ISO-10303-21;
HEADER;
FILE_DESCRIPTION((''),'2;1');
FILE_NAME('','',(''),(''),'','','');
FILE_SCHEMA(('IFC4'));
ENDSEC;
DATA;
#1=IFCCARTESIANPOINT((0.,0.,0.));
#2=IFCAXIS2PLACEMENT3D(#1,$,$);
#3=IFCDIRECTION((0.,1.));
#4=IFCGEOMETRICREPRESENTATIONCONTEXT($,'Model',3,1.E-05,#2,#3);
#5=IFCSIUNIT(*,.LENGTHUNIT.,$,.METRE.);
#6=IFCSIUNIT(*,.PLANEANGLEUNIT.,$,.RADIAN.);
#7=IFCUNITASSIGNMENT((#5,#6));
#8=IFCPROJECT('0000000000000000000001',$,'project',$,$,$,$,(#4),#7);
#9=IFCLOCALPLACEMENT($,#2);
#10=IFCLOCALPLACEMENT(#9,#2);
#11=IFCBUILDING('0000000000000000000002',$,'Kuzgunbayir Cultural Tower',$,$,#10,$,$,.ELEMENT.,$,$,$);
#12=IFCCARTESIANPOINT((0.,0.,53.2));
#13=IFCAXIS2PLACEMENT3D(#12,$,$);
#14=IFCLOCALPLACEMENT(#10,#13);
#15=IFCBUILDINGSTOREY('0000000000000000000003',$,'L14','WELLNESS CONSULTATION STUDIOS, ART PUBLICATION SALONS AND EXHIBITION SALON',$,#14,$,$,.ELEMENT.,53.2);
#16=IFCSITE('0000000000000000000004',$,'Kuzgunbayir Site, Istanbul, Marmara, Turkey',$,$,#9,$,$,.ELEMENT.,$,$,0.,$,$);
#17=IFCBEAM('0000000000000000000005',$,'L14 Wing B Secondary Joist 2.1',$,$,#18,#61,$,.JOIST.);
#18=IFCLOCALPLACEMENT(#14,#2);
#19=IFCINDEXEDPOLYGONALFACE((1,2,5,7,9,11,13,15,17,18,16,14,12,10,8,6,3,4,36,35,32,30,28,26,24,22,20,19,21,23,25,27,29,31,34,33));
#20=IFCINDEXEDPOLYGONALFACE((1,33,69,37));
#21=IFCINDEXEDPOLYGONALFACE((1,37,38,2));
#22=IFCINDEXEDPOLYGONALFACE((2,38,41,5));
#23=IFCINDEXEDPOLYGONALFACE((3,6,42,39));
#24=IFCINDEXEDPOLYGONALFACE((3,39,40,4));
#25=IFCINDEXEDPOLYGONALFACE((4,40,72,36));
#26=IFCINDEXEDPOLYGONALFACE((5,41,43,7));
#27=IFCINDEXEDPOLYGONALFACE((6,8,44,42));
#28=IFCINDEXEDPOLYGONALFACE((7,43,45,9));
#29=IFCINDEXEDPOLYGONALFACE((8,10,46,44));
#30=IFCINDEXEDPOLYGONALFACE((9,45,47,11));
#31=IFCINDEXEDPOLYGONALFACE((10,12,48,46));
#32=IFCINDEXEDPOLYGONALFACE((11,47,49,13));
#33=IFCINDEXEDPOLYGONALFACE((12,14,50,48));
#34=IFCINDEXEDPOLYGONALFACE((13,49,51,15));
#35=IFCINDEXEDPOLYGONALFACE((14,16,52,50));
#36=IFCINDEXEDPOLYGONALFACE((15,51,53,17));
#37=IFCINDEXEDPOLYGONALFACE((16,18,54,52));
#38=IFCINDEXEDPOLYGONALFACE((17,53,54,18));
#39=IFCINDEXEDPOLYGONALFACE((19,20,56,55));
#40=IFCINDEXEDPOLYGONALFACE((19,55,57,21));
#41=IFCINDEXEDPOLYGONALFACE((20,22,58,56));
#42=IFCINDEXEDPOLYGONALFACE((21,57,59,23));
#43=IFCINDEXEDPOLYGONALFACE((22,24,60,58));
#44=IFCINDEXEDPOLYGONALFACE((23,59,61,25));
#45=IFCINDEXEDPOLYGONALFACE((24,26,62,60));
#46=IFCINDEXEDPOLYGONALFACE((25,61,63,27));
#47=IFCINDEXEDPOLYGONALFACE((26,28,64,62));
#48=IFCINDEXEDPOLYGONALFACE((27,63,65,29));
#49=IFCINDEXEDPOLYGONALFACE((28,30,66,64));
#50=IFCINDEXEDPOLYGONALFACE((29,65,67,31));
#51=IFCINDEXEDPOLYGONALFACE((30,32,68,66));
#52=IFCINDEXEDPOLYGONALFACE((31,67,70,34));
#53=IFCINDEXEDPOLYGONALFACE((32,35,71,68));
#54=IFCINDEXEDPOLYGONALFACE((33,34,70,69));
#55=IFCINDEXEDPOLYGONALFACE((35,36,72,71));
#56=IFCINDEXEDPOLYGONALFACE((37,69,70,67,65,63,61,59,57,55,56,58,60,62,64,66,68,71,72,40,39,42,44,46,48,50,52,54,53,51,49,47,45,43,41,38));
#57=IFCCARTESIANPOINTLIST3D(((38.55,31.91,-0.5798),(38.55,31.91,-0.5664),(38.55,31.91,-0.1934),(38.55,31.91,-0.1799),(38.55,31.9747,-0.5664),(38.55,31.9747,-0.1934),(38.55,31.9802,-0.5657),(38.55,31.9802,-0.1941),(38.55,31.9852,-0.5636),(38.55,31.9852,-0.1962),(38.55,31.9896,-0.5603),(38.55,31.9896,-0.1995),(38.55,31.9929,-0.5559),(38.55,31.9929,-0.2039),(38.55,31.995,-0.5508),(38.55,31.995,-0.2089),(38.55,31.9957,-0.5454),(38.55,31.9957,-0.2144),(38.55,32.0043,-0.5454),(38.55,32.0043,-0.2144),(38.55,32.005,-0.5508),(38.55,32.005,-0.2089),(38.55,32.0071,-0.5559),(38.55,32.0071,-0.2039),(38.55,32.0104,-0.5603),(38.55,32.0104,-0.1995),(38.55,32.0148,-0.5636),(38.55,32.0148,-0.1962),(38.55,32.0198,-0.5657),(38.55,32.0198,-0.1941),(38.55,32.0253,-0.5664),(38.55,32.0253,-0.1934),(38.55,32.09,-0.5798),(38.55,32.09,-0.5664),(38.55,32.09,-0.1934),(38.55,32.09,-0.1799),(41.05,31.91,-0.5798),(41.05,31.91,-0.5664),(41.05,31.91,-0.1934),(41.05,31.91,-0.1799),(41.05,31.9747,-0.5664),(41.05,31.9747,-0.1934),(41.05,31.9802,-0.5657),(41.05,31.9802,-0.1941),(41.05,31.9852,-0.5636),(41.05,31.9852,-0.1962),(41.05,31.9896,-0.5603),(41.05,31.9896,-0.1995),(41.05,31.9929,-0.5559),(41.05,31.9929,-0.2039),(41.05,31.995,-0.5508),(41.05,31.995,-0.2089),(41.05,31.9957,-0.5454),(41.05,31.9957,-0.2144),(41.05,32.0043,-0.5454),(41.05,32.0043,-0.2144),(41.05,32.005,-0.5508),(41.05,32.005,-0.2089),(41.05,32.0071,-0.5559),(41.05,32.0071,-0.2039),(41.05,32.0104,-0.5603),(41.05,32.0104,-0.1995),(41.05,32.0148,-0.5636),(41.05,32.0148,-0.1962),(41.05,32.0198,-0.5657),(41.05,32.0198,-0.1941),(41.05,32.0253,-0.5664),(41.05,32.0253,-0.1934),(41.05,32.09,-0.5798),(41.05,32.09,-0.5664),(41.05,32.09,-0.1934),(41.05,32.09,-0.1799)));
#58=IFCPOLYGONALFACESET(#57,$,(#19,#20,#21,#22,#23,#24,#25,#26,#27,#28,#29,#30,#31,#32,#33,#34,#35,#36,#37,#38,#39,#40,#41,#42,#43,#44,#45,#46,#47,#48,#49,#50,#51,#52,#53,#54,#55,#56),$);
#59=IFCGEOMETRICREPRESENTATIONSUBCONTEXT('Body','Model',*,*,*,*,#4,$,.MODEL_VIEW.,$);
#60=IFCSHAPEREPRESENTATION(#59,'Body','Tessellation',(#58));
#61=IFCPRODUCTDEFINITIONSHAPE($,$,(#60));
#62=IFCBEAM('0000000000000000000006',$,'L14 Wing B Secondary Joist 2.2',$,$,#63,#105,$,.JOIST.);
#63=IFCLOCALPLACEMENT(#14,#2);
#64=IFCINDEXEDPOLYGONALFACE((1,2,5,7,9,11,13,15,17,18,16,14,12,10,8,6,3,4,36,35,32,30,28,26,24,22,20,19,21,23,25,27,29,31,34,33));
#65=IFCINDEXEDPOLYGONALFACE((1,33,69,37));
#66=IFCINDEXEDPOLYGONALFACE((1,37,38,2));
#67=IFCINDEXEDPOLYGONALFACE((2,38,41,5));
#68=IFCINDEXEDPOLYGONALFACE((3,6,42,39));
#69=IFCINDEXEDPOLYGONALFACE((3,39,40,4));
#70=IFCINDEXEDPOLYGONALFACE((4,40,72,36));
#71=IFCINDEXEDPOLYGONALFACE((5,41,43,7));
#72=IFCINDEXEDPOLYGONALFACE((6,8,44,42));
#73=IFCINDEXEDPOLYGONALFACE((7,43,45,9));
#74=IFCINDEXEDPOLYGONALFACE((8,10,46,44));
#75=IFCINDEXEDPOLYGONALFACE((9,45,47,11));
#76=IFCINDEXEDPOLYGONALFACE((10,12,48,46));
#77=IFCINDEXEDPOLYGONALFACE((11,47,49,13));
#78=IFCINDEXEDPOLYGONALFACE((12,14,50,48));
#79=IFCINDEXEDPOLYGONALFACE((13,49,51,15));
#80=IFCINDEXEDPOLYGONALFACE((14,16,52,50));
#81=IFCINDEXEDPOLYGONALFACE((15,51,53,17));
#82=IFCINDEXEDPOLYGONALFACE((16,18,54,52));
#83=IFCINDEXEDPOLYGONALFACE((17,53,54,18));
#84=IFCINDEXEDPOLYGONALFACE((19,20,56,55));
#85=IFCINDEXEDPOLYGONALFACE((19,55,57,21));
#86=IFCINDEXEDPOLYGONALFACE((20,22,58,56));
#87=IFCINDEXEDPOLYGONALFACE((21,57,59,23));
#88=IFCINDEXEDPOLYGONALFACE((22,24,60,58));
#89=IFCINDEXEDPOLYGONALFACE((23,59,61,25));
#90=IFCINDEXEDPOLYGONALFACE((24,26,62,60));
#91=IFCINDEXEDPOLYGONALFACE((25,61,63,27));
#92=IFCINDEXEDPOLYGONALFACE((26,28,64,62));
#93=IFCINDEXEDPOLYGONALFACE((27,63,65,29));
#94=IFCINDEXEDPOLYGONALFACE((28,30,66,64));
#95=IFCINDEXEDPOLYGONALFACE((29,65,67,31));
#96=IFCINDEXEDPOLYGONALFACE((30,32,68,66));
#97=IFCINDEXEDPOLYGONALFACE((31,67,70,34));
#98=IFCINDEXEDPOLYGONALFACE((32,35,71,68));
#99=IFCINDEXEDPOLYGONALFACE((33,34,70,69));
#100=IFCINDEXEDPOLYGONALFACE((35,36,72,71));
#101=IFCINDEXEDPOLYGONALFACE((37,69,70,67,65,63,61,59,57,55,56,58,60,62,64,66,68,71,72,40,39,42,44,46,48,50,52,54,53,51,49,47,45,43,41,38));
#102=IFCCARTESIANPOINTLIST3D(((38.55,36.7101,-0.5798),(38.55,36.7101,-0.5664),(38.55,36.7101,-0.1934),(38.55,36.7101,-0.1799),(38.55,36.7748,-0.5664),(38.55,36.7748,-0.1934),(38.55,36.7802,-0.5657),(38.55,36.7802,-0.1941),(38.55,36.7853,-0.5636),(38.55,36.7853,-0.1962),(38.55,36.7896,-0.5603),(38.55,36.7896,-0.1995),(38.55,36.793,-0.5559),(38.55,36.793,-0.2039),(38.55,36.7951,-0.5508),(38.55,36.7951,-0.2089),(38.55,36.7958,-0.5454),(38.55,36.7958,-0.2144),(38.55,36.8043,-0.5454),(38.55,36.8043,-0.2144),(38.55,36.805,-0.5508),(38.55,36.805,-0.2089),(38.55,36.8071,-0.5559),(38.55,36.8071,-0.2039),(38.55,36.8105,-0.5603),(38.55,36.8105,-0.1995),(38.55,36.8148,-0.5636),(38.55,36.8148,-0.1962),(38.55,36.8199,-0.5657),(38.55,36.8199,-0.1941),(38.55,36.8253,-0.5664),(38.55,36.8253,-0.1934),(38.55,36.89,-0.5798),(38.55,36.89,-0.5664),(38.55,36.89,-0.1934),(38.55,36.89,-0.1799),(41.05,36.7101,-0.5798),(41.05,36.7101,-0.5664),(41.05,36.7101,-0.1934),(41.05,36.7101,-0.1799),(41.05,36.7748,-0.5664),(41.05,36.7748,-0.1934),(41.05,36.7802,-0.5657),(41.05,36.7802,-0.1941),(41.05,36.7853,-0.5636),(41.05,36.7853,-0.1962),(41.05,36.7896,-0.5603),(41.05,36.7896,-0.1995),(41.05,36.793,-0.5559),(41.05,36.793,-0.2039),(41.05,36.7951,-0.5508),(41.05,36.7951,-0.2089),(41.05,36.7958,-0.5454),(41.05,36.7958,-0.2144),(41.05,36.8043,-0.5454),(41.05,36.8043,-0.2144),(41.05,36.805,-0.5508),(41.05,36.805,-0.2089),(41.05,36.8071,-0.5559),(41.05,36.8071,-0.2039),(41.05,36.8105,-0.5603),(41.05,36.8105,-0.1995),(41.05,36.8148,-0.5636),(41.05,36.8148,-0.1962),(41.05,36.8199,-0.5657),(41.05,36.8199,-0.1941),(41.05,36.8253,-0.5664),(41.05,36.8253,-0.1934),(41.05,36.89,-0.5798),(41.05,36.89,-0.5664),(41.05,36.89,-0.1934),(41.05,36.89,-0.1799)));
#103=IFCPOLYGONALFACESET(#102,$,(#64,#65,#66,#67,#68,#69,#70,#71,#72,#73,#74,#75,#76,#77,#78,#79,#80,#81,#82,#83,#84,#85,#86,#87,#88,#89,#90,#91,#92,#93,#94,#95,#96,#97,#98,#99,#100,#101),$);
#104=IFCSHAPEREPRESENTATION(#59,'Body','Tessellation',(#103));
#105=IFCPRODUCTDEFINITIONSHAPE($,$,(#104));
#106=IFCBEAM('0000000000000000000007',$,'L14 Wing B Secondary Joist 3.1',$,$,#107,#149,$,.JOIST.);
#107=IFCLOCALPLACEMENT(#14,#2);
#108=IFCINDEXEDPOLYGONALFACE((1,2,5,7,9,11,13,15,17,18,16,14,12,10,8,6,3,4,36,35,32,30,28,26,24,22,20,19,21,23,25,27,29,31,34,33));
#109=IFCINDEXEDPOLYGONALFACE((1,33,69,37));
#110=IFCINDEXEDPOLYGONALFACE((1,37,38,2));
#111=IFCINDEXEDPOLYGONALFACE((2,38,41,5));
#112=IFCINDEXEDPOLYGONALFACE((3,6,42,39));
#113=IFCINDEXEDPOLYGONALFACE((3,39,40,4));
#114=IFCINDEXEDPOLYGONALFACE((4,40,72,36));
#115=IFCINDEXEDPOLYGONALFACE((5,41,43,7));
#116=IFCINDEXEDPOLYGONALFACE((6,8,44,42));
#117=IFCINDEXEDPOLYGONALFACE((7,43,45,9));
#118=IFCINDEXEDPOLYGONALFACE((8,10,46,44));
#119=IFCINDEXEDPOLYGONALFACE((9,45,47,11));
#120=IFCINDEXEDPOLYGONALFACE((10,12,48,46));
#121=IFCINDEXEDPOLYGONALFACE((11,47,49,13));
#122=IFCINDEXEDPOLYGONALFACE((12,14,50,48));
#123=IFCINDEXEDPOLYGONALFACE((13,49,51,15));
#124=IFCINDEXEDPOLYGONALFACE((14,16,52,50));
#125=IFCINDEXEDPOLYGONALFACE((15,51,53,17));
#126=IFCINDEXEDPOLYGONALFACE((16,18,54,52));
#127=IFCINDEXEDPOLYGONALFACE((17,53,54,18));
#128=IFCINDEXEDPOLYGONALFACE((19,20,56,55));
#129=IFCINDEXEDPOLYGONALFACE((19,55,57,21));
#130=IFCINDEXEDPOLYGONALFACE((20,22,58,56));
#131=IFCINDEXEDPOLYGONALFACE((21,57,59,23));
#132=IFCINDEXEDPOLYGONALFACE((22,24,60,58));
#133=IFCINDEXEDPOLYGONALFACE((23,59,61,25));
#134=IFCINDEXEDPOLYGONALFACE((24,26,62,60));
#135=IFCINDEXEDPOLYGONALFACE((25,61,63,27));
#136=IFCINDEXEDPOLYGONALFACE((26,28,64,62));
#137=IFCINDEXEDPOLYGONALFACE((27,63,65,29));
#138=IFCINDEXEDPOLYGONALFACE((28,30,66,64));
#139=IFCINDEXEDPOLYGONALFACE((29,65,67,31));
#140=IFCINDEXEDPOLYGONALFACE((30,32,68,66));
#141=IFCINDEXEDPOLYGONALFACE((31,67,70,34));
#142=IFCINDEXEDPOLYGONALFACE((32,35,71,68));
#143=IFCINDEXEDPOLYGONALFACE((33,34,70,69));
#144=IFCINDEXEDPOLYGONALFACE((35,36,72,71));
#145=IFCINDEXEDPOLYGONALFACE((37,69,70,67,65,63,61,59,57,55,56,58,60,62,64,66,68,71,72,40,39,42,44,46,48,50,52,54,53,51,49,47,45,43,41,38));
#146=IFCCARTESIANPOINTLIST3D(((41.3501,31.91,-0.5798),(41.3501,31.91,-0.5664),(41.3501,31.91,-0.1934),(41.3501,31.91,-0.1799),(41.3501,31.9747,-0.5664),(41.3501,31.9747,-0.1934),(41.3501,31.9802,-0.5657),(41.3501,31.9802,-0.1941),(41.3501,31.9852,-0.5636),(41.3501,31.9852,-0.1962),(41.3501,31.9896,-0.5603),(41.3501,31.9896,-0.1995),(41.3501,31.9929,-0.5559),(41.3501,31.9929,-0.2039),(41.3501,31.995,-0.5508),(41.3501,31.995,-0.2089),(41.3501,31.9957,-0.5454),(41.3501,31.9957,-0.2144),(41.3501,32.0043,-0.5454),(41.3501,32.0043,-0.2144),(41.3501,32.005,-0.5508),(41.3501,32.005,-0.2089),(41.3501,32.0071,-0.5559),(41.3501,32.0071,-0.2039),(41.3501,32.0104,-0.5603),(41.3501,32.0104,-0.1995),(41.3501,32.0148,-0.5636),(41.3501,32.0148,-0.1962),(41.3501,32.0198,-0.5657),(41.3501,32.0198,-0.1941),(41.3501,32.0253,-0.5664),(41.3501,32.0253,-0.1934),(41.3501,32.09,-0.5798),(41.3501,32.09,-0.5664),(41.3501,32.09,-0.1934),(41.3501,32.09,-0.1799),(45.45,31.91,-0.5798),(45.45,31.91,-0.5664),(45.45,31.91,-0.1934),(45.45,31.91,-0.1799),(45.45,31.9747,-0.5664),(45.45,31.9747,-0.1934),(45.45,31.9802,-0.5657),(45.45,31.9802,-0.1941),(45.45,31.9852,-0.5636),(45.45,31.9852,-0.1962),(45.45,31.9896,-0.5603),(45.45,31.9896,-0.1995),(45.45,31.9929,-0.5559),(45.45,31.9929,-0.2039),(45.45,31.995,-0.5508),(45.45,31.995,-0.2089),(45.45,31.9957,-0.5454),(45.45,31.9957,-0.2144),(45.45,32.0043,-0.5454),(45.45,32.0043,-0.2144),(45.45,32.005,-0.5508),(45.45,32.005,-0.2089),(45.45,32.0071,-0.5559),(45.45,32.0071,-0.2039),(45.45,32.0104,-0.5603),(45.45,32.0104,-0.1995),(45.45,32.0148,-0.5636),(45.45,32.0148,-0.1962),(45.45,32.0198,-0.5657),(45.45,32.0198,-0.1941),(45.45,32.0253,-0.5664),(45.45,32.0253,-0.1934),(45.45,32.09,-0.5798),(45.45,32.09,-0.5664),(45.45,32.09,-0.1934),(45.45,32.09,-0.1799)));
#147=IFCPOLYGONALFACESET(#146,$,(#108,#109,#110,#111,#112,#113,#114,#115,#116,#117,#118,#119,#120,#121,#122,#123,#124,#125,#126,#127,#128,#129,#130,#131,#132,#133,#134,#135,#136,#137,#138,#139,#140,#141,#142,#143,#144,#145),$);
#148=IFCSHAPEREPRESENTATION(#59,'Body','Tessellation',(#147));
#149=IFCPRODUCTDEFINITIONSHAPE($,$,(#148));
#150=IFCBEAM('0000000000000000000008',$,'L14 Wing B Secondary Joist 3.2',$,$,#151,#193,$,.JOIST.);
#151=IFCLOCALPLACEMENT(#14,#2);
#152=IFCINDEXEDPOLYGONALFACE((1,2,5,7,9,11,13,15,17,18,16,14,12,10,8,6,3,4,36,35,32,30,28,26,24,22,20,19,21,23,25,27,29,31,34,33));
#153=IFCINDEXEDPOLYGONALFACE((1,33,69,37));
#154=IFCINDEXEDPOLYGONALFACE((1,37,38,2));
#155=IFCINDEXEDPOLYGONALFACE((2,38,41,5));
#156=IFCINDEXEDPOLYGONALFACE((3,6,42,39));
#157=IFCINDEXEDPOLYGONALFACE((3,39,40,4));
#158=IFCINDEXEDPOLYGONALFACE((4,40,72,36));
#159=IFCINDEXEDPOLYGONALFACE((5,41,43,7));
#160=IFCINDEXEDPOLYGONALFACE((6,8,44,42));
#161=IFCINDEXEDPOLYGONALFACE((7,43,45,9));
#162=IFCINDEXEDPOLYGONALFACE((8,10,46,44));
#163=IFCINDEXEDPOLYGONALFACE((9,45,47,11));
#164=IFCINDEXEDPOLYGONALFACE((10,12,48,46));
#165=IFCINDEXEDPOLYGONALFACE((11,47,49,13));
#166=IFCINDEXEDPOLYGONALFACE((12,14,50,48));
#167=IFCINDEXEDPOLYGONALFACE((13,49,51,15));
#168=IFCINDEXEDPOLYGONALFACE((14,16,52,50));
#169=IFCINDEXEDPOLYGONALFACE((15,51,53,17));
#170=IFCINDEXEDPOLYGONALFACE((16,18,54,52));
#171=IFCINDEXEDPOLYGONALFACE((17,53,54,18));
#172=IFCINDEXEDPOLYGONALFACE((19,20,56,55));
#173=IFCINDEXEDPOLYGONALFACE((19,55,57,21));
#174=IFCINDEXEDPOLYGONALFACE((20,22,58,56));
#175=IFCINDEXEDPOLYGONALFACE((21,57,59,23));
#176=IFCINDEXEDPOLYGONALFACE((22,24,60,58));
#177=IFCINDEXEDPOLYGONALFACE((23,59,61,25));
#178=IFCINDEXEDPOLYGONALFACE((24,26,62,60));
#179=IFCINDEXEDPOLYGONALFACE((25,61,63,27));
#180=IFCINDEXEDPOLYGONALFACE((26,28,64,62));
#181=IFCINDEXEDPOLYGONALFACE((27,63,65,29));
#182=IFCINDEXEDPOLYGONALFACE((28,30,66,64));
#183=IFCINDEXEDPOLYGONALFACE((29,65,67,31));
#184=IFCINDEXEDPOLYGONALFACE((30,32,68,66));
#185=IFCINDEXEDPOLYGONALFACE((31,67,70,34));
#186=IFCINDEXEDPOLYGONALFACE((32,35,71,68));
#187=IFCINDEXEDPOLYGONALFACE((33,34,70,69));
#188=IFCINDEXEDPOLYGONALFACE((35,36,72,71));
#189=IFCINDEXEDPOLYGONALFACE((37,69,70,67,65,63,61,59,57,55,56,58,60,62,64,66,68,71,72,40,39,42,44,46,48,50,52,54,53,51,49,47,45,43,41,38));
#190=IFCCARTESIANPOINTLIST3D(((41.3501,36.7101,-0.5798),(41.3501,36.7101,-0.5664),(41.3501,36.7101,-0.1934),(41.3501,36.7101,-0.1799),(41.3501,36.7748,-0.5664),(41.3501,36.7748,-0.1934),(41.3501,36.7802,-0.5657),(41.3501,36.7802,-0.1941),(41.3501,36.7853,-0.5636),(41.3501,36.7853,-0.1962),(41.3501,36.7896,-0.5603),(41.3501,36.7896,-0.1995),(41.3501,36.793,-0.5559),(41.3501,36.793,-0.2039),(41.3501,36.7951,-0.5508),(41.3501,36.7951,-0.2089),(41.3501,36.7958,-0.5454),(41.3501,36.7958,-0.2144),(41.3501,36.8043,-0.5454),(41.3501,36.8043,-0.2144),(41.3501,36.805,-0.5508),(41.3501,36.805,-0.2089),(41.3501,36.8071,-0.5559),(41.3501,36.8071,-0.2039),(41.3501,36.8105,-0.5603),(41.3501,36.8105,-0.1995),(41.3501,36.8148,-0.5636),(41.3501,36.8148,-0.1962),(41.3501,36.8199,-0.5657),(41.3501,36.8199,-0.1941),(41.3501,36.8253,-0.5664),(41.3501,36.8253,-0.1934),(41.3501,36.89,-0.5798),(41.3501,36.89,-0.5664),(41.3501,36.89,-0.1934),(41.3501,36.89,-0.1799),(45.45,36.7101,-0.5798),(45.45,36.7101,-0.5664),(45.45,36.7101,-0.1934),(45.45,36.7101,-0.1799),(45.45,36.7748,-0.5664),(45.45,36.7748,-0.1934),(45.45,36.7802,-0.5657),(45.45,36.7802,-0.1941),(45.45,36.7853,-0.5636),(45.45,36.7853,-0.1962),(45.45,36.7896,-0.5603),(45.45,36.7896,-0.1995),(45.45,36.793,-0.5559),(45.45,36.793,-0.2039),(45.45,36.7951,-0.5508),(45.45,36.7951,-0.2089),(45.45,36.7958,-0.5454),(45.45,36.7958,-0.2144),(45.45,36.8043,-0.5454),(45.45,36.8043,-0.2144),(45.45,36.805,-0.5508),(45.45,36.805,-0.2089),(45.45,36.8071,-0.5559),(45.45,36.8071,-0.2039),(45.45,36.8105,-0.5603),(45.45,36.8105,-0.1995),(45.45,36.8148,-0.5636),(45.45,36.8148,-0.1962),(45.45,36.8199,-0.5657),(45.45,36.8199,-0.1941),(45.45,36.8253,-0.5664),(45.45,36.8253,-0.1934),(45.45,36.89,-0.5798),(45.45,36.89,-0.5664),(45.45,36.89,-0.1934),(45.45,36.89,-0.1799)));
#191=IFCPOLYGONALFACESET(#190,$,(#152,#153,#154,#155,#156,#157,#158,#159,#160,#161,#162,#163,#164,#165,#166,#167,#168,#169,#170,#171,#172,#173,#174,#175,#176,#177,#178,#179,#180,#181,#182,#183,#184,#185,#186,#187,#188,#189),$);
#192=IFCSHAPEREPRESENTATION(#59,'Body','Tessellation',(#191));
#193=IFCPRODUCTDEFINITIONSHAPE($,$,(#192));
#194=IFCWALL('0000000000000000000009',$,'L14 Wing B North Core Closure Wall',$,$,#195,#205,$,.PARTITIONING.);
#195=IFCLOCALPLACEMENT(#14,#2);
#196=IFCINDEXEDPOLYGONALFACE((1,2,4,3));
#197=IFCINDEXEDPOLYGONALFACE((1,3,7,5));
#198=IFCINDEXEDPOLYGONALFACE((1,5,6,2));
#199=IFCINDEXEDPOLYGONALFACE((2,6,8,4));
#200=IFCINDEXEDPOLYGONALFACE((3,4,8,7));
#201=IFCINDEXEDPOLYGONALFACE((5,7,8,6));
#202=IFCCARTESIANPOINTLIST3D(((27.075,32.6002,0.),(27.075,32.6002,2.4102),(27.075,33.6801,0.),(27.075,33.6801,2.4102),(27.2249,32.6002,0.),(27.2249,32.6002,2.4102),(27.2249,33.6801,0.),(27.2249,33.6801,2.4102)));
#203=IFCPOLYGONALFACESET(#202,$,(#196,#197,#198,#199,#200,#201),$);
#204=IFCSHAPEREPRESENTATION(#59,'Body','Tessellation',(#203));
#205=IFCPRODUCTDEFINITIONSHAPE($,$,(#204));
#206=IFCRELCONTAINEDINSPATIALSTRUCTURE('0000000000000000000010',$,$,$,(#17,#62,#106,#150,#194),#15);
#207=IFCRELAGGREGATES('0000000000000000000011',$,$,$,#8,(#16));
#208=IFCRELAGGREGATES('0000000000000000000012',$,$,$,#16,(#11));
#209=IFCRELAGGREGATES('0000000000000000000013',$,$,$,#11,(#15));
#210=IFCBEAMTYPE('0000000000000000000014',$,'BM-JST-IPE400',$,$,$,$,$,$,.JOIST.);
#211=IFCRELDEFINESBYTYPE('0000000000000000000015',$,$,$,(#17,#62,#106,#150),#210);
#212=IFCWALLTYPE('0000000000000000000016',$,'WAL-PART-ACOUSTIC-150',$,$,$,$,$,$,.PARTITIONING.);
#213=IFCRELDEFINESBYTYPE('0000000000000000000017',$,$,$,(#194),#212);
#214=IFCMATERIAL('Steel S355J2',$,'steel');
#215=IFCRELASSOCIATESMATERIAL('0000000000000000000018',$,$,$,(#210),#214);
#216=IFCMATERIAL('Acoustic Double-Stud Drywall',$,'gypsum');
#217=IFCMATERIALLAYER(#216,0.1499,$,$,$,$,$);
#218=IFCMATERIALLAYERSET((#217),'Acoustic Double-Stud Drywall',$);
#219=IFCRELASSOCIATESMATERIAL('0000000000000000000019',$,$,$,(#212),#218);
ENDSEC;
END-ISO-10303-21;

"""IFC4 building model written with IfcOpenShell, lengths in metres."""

from ifc_helpers import new_model, si_unit, direction, frame, frame_2d, origin, origin_2d, place, context, subcontext, project, spatial, rectangle, i_section, extrude, material, layer, layer_set, material_profile, profile_set, type_object, element, save


model = new_model("IFC4")

# Units and contexts
model_context = context("Model", 3, precision=1e-05, world=origin(), true_north=direction((0.0, 1.0)))
body_context = subcontext(model_context, "Body", "Model", "MODEL_VIEW")
ifc_project = project(units=[si_unit("LENGTHUNIT", "METRE"), si_unit("PLANEANGLEUNIT", "RADIAN")], contexts=[model_context])

# Site, building, storey
site_placement = place(None, origin())
site = spatial("IfcSite", under=ifc_project, at=site_placement, Name="Kuzgunbayir Site, Istanbul, Marmara, Turkey", CompositionType="ELEMENT", RefElevation=0.0)
building_placement = place(site_placement, origin())
building = spatial("IfcBuilding", under=site, at=building_placement, Name="Kuzgunbayir Cultural Tower", CompositionType="ELEMENT")
storey_placement = place(building_placement, frame((0.0, 0.0, 53.2)))
storey = spatial("IfcBuildingStorey", under=building, at=storey_placement, Name="L14", Description="WELLNESS CONSULTATION STUDIOS, ART PUBLICATION SALONS AND EXHIBITION SALON", CompositionType="ELEMENT", Elevation=53.2)

# Beams
ifc_material_1 = material(Name="Steel S355J2", Category="steel")
ifc_material_profile_1 = material_profile(ifc_material_1, i_section(OverallWidth=0.1799, OverallDepth=0.3999, WebThickness=0.0085, FlangeThickness=0.0134, FilletRadius=0.021, at=origin_2d()), Name="IPE 400")
ifc_profile_set_1 = profile_set([ifc_material_profile_1], Name="Steel S355J2")
beam_type_1 = type_object("IfcBeamType", Name="BM-JST-IPE400", PredefinedType="JOIST", material=ifc_profile_set_1)
for number, where, z_axis, x_axis, name in (
    (1, (38.55, 32.0, -0.3799), (1.0, 0.0, 0.0), (0.0, 1.0, 0.0), "L14 Wing B Secondary Joist 2.1"),
    (2, (38.55, 36.8, -0.3799), (1.0, 0.0, 0.0), (0.0, 1.0, 0.0), "L14 Wing B Secondary Joist 2.2"),
):
    element("IfcBeam", number, at=place(storey_placement, frame(where, z_axis=z_axis, x_axis=x_axis)), inside=storey, type_object=beam_type_1, Name=name, PredefinedType="JOIST", context=body_context, shape_type="SweptSolid", body=[
        extrude(i_section(OverallWidth=0.1799, OverallDepth=0.3999, WebThickness=0.0085, FlangeThickness=0.0134, FilletRadius=0.021, at=origin_2d()), origin(), (0.0, 0.0, 1.0), 2.5),
    ])
for number, where, z_axis, x_axis, name in (
    (3, (41.3501, 32.0, -0.3799), (1.0, 0.0, 0.0), (0.0, 1.0, 0.0), "L14 Wing B Secondary Joist 3.1"),
    (4, (41.3501, 36.8, -0.3799), (1.0, 0.0, 0.0), (0.0, 1.0, 0.0), "L14 Wing B Secondary Joist 3.2"),
):
    element("IfcBeam", number, at=place(storey_placement, frame(where, z_axis=z_axis, x_axis=x_axis)), inside=storey, type_object=beam_type_1, Name=name, PredefinedType="JOIST", context=body_context, shape_type="SweptSolid", body=[
        extrude(i_section(OverallWidth=0.1799, OverallDepth=0.3999, WebThickness=0.0085, FlangeThickness=0.0134, FilletRadius=0.021, at=origin_2d()), origin(), (0.0, 0.0, 1.0), 4.0999),
    ])

# Shared definitions
ifc_material_2 = material(Name="Acoustic Double-Stud Drywall", Category="gypsum")
ifc_layer = layer(ifc_material_2, 0.1499)
ifc_layer_set = layer_set([ifc_layer], Name="Acoustic Double-Stud Drywall")
wall_type = type_object("IfcWallType", Name="WAL-PART-ACOUSTIC-150", PredefinedType="PARTITIONING", material=ifc_layer_set)

# Wall
wall_1_placement = place(storey_placement, frame((27.1499, 32.6001, 0.0), z_axis=(0.0, 0.0, 1.0), x_axis=(0.0, 1.0, 0.0)))
element("IfcWall", 5, at=wall_1_placement, inside=storey, type_object=wall_type, Name="L14 Wing B North Core Closure Wall", PredefinedType="PARTITIONING", context=body_context, shape_type="SweptSolid", body=[
    extrude(rectangle(XDim=1.0798, YDim=0.1499, at=frame_2d((0.54, 0.0))), origin(), (0.0, 0.0, 1.0), 2.4102),
])

save(model, "model.ifc")
